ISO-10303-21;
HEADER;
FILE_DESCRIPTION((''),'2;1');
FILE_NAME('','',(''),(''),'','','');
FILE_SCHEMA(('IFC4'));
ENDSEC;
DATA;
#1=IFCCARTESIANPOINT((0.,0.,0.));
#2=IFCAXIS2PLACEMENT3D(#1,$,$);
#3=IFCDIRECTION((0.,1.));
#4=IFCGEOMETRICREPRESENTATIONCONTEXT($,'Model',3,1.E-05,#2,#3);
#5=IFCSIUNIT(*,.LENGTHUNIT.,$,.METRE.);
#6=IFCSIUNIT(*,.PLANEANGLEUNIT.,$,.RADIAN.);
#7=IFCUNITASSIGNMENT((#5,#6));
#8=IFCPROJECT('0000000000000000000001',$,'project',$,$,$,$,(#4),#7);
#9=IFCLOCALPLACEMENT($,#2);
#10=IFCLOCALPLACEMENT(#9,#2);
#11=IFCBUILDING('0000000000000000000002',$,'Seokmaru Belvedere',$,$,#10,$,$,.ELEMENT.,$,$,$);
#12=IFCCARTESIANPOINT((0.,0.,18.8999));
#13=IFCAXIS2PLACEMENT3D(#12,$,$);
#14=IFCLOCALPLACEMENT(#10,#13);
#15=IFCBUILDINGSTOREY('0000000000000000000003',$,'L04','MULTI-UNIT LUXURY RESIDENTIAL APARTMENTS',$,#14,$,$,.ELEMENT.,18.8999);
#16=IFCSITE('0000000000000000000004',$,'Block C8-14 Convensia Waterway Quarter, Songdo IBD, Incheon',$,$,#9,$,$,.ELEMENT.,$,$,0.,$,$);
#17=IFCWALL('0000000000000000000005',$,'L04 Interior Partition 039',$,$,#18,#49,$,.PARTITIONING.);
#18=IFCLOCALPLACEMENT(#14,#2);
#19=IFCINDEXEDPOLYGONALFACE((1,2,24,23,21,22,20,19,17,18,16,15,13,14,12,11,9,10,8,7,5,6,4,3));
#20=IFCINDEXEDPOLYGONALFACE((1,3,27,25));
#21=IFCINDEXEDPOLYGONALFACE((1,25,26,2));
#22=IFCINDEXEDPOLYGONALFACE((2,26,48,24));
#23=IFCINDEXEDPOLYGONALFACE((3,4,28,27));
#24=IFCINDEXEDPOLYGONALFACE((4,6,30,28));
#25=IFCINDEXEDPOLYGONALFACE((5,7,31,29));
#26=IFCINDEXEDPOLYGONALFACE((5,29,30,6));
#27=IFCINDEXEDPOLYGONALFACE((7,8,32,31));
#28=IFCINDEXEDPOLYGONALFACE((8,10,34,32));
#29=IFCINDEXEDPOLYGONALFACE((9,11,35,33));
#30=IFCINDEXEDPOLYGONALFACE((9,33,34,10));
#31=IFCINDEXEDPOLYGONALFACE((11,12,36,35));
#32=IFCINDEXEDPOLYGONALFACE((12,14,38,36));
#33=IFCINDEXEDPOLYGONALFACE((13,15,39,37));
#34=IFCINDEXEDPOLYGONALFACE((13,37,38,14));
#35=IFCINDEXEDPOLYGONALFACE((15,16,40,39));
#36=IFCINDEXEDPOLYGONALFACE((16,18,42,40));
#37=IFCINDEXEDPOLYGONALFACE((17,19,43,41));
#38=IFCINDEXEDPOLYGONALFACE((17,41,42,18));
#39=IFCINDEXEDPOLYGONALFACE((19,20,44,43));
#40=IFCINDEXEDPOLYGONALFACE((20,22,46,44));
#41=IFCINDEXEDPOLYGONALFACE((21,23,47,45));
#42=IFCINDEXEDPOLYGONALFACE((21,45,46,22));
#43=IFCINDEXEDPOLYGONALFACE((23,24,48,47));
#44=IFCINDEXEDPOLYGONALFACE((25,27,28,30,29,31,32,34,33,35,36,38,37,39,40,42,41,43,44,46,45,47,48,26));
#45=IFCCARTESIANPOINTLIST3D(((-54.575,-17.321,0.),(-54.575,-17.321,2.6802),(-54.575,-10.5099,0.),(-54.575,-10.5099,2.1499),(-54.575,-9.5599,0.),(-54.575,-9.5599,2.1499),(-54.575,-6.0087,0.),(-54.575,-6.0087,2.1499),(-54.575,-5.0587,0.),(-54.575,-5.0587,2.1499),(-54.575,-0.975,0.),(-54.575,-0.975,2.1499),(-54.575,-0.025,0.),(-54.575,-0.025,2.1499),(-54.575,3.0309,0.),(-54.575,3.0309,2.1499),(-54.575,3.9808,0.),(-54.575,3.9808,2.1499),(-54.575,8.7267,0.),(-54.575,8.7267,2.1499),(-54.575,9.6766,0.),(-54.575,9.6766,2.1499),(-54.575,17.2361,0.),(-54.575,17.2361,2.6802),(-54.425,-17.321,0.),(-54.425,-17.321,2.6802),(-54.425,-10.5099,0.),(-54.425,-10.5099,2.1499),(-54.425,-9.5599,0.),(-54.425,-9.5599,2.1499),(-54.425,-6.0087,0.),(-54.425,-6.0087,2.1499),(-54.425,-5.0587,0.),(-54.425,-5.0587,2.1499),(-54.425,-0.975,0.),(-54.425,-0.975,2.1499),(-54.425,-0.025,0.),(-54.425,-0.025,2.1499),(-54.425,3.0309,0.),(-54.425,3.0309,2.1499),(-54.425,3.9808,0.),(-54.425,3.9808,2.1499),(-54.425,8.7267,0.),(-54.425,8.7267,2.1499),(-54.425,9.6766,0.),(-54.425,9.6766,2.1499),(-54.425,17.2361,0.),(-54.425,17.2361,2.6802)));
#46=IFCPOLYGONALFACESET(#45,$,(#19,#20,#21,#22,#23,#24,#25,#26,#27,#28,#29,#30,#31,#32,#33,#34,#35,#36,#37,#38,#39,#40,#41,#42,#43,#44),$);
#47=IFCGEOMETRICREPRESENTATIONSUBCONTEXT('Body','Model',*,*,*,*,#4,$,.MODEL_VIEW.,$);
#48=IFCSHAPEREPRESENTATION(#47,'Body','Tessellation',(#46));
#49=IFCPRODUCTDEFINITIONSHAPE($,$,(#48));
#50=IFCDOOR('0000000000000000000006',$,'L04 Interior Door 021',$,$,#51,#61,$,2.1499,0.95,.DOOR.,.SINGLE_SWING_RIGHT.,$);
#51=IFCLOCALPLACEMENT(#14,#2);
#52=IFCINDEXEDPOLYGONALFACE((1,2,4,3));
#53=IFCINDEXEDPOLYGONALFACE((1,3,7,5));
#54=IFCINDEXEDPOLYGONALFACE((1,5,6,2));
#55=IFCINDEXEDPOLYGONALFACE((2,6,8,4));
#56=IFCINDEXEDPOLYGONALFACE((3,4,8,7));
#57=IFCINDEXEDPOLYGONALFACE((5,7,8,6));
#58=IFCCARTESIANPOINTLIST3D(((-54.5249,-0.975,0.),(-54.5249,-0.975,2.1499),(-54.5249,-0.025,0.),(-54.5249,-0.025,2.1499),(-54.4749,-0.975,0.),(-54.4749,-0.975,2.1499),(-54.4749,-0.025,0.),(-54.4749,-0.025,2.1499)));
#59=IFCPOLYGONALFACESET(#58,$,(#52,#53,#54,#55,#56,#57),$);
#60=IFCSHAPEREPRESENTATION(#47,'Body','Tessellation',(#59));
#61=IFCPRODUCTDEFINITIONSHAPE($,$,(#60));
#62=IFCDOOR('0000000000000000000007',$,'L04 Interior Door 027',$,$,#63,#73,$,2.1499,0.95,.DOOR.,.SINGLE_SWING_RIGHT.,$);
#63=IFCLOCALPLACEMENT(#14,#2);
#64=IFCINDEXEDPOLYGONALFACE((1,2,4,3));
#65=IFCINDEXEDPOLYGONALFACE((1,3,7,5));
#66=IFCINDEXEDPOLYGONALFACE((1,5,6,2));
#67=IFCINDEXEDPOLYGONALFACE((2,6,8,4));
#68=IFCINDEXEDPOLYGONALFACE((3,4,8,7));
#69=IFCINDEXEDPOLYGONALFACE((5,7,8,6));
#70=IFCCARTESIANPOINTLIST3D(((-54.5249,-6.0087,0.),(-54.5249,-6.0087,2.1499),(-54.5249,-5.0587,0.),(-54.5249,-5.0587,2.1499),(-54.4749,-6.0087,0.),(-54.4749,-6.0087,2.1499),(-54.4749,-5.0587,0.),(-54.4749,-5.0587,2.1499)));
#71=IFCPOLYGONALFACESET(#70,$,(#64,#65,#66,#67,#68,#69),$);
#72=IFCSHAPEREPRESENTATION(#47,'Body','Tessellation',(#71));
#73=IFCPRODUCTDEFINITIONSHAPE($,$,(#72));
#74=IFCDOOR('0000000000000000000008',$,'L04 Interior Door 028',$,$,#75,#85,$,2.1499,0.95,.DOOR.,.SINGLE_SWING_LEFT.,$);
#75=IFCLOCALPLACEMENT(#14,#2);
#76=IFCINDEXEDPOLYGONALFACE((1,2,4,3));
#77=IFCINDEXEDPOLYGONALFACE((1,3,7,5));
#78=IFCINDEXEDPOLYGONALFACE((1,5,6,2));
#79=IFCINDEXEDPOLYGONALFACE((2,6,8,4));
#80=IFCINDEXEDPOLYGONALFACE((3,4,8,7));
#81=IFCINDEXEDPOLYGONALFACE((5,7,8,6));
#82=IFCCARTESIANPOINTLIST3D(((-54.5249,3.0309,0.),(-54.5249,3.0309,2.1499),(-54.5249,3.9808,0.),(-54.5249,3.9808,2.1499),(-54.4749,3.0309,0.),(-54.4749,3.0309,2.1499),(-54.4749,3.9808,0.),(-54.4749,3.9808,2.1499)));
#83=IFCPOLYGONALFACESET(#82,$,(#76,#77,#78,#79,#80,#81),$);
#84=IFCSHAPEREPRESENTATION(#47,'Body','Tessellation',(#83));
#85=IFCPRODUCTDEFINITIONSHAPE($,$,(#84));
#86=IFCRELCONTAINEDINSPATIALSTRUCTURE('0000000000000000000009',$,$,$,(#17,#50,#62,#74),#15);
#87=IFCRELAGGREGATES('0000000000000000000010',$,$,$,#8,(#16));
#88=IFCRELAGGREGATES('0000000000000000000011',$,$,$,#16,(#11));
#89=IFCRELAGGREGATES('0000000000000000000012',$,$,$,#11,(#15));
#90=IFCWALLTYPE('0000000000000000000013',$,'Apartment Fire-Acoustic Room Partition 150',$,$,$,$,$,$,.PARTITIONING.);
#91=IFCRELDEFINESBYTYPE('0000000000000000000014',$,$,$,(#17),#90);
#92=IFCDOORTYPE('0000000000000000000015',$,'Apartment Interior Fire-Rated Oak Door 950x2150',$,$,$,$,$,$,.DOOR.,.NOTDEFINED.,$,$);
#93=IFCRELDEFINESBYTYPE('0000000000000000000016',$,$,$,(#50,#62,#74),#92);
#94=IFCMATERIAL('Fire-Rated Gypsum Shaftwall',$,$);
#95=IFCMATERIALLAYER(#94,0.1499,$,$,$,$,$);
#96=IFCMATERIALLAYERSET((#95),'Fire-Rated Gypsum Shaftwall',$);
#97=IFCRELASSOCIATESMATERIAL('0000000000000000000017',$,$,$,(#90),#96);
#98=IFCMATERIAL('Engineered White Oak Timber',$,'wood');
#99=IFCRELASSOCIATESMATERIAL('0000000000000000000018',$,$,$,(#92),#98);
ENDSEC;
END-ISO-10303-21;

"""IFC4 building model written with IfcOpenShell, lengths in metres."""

from ifc_helpers import new_model, si_unit, direction, frame, frame_2d, origin, place, context, subcontext, project, spatial, rectangle, extrude, source, transform, mapped, material, layer, layer_set, type_object, type_shapes, element, fill, save


model = new_model("IFC4")

# Units and contexts
model_context = context("Model", 3, precision=1e-05, world=origin(), true_north=direction((0.0, 1.0)))
body_context = subcontext(model_context, "Body", "Model", "MODEL_VIEW")
ifc_project = project(units=[si_unit("LENGTHUNIT", "METRE"), si_unit("PLANEANGLEUNIT", "RADIAN")], contexts=[model_context])

# Site, building, storey
site_placement = place(None, origin())
site = spatial("IfcSite", under=ifc_project, at=site_placement, Name="Block C8-14 Convensia Waterway Quarter, Songdo IBD, Incheon", CompositionType="ELEMENT", RefElevation=0.0)
building_placement = place(site_placement, origin())
building = spatial("IfcBuilding", under=site, at=building_placement, Name="Seokmaru Belvedere", CompositionType="ELEMENT")
storey_placement = place(building_placement, frame((0.0, 0.0, 18.8999)))
storey = spatial("IfcBuildingStorey", under=building, at=storey_placement, Name="L04", Description="MULTI-UNIT LUXURY RESIDENTIAL APARTMENTS", CompositionType="ELEMENT", Elevation=18.8999)

# Shared definitions
ifc_material_1 = material(Name="Fire-Rated Gypsum Shaftwall")
ifc_layer_1 = layer(ifc_material_1, 0.1499)
ifc_layer_set_1 = layer_set([ifc_layer_1], Name="Fire-Rated Gypsum Shaftwall")
wall_type = type_object("IfcWallType", Name="Apartment Fire-Acoustic Room Partition 150", PredefinedType="PARTITIONING", material=ifc_layer_set_1)
ifc_material_2 = material(Name="Engineered White Oak Timber", Category="wood")
door_type = type_object("IfcDoorType", Name="Apartment Interior Fire-Rated Oak Door 950x2150", OperationType="NOTDEFINED", PredefinedType="DOOR", material=ifc_material_2)
shared_shape_1 = source(origin(), body_context, "Body", "SweptSolid", [
    extrude(rectangle(XDim=0.95, YDim=2.1499, at=frame_2d((0.4751, 1.075))), frame((0.0, 0.0249, 0.0), z_axis=(0.0, -1.0, 0.0), x_axis=(1.0, 0.0, 0.0)), (0.0, 0.0, 1.0), 0.05),
])
type_shapes(door_type, [shared_shape_1])

# Wall, openings, doors
wall_1_placement = place(storey_placement, frame((-54.5, -17.321, 0.0), z_axis=(0.0, 0.0, 1.0), x_axis=(0.0, 1.0, 0.0)))
wall_1 = element("IfcWall", 1, at=wall_1_placement, inside=storey, type_object=wall_type, Name="L04 Interior Partition 039", PredefinedType="PARTITIONING", context=body_context, shape_type="SweptSolid", body=[
    extrude(rectangle(XDim=34.5571, YDim=0.1499, at=frame_2d((17.2786, 0.0))), origin(), (0.0, 0.0, 1.0), 2.6802),
])
opening_1_placement = place(wall_1_placement, frame((6.811, 0.0, 0.0)))
element("IfcOpeningElement", 2, at=opening_1_placement, cuts=wall_1, PredefinedType="OPENING", context=body_context, shape_type="SweptSolid", body=[
    extrude(rectangle(XDim=0.95, YDim=2.1499, at=frame_2d((0.4751, 1.075))), frame((0.0, 0.085, 0.0), z_axis=(0.0, -1.0, 0.0), x_axis=(1.0, 0.0, 0.0)), (0.0, 0.0, 1.0), 0.1699),
])
opening_2_placement = place(wall_1_placement, frame((16.3459, 0.0, 0.0)))
opening_2 = element("IfcOpeningElement", 3, at=opening_2_placement, cuts=wall_1, PredefinedType="OPENING", context=body_context, shape_type="SweptSolid", body=[
    extrude(rectangle(XDim=0.95, YDim=2.1499, at=frame_2d((0.4751, 1.075))), frame((0.0, 0.085, 0.0), z_axis=(0.0, -1.0, 0.0), x_axis=(1.0, 0.0, 0.0)), (0.0, 0.0, 1.0), 0.1699),
])
opening_3_placement = place(wall_1_placement, frame((11.3123, 0.0, 0.0)))
opening_3 = element("IfcOpeningElement", 4, at=opening_3_placement, cuts=wall_1, PredefinedType="OPENING", context=body_context, shape_type="SweptSolid", body=[
    extrude(rectangle(XDim=0.95, YDim=2.1499, at=frame_2d((0.4751, 1.075))), frame((0.0, 0.085, 0.0), z_axis=(0.0, -1.0, 0.0), x_axis=(1.0, 0.0, 0.0)), (0.0, 0.0, 1.0), 0.1699),
])
opening_4_placement = place(wall_1_placement, frame((20.3518, 0.0, 0.0)))
opening_4 = element("IfcOpeningElement", 5, at=opening_4_placement, cuts=wall_1, PredefinedType="OPENING", context=body_context, shape_type="SweptSolid", body=[
    extrude(rectangle(XDim=0.95, YDim=2.1499, at=frame_2d((0.4751, 1.075))), frame((0.0, 0.085, 0.0), z_axis=(0.0, -1.0, 0.0), x_axis=(1.0, 0.0, 0.0)), (0.0, 0.0, 1.0), 0.1699),
])
opening_5_placement = place(wall_1_placement, frame((26.0476, 0.0, 0.0)))
element("IfcOpeningElement", 6, at=opening_5_placement, cuts=wall_1, PredefinedType="OPENING", context=body_context, shape_type="SweptSolid", body=[
    extrude(rectangle(XDim=0.95, YDim=2.1499, at=frame_2d((0.4751, 1.075))), frame((0.0, 0.085, 0.0), z_axis=(0.0, -1.0, 0.0), x_axis=(1.0, 0.0, 0.0)), (0.0, 0.0, 1.0), 0.1699),
])
door_1_placement = place(opening_2_placement, origin())
door_1 = element("IfcDoor", 7, at=door_1_placement, inside=storey, type_object=door_type, Name="L04 Interior Door 021", OperationType="SINGLE_SWING_RIGHT", OverallHeight=2.1499, OverallWidth=0.95, PredefinedType="DOOR", context=body_context, shape_type="MappedRepresentation", body=[
    mapped(shared_shape_1, transform((0.0, 0.0, 0.0), scale=1.0)),
])
fill(opening_2, door_1)
door_2_placement = place(opening_3_placement, origin())
door_2 = element("IfcDoor", 8, at=door_2_placement, inside=storey, type_object=door_type, Name="L04 Interior Door 027", OperationType="SINGLE_SWING_RIGHT", OverallHeight=2.1499, OverallWidth=0.95, PredefinedType="DOOR", context=body_context, shape_type="MappedRepresentation", body=[
    mapped(shared_shape_1, transform((0.0, 0.0, 0.0), scale=1.0)),
])
fill(opening_3, door_2)
door_3_placement = place(opening_4_placement, origin())
door_3 = element("IfcDoor", 9, at=door_3_placement, inside=storey, type_object=door_type, Name="L04 Interior Door 028", OperationType="SINGLE_SWING_LEFT", OverallHeight=2.1499, OverallWidth=0.95, PredefinedType="DOOR", context=body_context, shape_type="MappedRepresentation", body=[
    mapped(shared_shape_1, transform((0.0, 0.0, 0.0), scale=1.0)),
])
fill(opening_4, door_3)

save(model, "model.ifc")
